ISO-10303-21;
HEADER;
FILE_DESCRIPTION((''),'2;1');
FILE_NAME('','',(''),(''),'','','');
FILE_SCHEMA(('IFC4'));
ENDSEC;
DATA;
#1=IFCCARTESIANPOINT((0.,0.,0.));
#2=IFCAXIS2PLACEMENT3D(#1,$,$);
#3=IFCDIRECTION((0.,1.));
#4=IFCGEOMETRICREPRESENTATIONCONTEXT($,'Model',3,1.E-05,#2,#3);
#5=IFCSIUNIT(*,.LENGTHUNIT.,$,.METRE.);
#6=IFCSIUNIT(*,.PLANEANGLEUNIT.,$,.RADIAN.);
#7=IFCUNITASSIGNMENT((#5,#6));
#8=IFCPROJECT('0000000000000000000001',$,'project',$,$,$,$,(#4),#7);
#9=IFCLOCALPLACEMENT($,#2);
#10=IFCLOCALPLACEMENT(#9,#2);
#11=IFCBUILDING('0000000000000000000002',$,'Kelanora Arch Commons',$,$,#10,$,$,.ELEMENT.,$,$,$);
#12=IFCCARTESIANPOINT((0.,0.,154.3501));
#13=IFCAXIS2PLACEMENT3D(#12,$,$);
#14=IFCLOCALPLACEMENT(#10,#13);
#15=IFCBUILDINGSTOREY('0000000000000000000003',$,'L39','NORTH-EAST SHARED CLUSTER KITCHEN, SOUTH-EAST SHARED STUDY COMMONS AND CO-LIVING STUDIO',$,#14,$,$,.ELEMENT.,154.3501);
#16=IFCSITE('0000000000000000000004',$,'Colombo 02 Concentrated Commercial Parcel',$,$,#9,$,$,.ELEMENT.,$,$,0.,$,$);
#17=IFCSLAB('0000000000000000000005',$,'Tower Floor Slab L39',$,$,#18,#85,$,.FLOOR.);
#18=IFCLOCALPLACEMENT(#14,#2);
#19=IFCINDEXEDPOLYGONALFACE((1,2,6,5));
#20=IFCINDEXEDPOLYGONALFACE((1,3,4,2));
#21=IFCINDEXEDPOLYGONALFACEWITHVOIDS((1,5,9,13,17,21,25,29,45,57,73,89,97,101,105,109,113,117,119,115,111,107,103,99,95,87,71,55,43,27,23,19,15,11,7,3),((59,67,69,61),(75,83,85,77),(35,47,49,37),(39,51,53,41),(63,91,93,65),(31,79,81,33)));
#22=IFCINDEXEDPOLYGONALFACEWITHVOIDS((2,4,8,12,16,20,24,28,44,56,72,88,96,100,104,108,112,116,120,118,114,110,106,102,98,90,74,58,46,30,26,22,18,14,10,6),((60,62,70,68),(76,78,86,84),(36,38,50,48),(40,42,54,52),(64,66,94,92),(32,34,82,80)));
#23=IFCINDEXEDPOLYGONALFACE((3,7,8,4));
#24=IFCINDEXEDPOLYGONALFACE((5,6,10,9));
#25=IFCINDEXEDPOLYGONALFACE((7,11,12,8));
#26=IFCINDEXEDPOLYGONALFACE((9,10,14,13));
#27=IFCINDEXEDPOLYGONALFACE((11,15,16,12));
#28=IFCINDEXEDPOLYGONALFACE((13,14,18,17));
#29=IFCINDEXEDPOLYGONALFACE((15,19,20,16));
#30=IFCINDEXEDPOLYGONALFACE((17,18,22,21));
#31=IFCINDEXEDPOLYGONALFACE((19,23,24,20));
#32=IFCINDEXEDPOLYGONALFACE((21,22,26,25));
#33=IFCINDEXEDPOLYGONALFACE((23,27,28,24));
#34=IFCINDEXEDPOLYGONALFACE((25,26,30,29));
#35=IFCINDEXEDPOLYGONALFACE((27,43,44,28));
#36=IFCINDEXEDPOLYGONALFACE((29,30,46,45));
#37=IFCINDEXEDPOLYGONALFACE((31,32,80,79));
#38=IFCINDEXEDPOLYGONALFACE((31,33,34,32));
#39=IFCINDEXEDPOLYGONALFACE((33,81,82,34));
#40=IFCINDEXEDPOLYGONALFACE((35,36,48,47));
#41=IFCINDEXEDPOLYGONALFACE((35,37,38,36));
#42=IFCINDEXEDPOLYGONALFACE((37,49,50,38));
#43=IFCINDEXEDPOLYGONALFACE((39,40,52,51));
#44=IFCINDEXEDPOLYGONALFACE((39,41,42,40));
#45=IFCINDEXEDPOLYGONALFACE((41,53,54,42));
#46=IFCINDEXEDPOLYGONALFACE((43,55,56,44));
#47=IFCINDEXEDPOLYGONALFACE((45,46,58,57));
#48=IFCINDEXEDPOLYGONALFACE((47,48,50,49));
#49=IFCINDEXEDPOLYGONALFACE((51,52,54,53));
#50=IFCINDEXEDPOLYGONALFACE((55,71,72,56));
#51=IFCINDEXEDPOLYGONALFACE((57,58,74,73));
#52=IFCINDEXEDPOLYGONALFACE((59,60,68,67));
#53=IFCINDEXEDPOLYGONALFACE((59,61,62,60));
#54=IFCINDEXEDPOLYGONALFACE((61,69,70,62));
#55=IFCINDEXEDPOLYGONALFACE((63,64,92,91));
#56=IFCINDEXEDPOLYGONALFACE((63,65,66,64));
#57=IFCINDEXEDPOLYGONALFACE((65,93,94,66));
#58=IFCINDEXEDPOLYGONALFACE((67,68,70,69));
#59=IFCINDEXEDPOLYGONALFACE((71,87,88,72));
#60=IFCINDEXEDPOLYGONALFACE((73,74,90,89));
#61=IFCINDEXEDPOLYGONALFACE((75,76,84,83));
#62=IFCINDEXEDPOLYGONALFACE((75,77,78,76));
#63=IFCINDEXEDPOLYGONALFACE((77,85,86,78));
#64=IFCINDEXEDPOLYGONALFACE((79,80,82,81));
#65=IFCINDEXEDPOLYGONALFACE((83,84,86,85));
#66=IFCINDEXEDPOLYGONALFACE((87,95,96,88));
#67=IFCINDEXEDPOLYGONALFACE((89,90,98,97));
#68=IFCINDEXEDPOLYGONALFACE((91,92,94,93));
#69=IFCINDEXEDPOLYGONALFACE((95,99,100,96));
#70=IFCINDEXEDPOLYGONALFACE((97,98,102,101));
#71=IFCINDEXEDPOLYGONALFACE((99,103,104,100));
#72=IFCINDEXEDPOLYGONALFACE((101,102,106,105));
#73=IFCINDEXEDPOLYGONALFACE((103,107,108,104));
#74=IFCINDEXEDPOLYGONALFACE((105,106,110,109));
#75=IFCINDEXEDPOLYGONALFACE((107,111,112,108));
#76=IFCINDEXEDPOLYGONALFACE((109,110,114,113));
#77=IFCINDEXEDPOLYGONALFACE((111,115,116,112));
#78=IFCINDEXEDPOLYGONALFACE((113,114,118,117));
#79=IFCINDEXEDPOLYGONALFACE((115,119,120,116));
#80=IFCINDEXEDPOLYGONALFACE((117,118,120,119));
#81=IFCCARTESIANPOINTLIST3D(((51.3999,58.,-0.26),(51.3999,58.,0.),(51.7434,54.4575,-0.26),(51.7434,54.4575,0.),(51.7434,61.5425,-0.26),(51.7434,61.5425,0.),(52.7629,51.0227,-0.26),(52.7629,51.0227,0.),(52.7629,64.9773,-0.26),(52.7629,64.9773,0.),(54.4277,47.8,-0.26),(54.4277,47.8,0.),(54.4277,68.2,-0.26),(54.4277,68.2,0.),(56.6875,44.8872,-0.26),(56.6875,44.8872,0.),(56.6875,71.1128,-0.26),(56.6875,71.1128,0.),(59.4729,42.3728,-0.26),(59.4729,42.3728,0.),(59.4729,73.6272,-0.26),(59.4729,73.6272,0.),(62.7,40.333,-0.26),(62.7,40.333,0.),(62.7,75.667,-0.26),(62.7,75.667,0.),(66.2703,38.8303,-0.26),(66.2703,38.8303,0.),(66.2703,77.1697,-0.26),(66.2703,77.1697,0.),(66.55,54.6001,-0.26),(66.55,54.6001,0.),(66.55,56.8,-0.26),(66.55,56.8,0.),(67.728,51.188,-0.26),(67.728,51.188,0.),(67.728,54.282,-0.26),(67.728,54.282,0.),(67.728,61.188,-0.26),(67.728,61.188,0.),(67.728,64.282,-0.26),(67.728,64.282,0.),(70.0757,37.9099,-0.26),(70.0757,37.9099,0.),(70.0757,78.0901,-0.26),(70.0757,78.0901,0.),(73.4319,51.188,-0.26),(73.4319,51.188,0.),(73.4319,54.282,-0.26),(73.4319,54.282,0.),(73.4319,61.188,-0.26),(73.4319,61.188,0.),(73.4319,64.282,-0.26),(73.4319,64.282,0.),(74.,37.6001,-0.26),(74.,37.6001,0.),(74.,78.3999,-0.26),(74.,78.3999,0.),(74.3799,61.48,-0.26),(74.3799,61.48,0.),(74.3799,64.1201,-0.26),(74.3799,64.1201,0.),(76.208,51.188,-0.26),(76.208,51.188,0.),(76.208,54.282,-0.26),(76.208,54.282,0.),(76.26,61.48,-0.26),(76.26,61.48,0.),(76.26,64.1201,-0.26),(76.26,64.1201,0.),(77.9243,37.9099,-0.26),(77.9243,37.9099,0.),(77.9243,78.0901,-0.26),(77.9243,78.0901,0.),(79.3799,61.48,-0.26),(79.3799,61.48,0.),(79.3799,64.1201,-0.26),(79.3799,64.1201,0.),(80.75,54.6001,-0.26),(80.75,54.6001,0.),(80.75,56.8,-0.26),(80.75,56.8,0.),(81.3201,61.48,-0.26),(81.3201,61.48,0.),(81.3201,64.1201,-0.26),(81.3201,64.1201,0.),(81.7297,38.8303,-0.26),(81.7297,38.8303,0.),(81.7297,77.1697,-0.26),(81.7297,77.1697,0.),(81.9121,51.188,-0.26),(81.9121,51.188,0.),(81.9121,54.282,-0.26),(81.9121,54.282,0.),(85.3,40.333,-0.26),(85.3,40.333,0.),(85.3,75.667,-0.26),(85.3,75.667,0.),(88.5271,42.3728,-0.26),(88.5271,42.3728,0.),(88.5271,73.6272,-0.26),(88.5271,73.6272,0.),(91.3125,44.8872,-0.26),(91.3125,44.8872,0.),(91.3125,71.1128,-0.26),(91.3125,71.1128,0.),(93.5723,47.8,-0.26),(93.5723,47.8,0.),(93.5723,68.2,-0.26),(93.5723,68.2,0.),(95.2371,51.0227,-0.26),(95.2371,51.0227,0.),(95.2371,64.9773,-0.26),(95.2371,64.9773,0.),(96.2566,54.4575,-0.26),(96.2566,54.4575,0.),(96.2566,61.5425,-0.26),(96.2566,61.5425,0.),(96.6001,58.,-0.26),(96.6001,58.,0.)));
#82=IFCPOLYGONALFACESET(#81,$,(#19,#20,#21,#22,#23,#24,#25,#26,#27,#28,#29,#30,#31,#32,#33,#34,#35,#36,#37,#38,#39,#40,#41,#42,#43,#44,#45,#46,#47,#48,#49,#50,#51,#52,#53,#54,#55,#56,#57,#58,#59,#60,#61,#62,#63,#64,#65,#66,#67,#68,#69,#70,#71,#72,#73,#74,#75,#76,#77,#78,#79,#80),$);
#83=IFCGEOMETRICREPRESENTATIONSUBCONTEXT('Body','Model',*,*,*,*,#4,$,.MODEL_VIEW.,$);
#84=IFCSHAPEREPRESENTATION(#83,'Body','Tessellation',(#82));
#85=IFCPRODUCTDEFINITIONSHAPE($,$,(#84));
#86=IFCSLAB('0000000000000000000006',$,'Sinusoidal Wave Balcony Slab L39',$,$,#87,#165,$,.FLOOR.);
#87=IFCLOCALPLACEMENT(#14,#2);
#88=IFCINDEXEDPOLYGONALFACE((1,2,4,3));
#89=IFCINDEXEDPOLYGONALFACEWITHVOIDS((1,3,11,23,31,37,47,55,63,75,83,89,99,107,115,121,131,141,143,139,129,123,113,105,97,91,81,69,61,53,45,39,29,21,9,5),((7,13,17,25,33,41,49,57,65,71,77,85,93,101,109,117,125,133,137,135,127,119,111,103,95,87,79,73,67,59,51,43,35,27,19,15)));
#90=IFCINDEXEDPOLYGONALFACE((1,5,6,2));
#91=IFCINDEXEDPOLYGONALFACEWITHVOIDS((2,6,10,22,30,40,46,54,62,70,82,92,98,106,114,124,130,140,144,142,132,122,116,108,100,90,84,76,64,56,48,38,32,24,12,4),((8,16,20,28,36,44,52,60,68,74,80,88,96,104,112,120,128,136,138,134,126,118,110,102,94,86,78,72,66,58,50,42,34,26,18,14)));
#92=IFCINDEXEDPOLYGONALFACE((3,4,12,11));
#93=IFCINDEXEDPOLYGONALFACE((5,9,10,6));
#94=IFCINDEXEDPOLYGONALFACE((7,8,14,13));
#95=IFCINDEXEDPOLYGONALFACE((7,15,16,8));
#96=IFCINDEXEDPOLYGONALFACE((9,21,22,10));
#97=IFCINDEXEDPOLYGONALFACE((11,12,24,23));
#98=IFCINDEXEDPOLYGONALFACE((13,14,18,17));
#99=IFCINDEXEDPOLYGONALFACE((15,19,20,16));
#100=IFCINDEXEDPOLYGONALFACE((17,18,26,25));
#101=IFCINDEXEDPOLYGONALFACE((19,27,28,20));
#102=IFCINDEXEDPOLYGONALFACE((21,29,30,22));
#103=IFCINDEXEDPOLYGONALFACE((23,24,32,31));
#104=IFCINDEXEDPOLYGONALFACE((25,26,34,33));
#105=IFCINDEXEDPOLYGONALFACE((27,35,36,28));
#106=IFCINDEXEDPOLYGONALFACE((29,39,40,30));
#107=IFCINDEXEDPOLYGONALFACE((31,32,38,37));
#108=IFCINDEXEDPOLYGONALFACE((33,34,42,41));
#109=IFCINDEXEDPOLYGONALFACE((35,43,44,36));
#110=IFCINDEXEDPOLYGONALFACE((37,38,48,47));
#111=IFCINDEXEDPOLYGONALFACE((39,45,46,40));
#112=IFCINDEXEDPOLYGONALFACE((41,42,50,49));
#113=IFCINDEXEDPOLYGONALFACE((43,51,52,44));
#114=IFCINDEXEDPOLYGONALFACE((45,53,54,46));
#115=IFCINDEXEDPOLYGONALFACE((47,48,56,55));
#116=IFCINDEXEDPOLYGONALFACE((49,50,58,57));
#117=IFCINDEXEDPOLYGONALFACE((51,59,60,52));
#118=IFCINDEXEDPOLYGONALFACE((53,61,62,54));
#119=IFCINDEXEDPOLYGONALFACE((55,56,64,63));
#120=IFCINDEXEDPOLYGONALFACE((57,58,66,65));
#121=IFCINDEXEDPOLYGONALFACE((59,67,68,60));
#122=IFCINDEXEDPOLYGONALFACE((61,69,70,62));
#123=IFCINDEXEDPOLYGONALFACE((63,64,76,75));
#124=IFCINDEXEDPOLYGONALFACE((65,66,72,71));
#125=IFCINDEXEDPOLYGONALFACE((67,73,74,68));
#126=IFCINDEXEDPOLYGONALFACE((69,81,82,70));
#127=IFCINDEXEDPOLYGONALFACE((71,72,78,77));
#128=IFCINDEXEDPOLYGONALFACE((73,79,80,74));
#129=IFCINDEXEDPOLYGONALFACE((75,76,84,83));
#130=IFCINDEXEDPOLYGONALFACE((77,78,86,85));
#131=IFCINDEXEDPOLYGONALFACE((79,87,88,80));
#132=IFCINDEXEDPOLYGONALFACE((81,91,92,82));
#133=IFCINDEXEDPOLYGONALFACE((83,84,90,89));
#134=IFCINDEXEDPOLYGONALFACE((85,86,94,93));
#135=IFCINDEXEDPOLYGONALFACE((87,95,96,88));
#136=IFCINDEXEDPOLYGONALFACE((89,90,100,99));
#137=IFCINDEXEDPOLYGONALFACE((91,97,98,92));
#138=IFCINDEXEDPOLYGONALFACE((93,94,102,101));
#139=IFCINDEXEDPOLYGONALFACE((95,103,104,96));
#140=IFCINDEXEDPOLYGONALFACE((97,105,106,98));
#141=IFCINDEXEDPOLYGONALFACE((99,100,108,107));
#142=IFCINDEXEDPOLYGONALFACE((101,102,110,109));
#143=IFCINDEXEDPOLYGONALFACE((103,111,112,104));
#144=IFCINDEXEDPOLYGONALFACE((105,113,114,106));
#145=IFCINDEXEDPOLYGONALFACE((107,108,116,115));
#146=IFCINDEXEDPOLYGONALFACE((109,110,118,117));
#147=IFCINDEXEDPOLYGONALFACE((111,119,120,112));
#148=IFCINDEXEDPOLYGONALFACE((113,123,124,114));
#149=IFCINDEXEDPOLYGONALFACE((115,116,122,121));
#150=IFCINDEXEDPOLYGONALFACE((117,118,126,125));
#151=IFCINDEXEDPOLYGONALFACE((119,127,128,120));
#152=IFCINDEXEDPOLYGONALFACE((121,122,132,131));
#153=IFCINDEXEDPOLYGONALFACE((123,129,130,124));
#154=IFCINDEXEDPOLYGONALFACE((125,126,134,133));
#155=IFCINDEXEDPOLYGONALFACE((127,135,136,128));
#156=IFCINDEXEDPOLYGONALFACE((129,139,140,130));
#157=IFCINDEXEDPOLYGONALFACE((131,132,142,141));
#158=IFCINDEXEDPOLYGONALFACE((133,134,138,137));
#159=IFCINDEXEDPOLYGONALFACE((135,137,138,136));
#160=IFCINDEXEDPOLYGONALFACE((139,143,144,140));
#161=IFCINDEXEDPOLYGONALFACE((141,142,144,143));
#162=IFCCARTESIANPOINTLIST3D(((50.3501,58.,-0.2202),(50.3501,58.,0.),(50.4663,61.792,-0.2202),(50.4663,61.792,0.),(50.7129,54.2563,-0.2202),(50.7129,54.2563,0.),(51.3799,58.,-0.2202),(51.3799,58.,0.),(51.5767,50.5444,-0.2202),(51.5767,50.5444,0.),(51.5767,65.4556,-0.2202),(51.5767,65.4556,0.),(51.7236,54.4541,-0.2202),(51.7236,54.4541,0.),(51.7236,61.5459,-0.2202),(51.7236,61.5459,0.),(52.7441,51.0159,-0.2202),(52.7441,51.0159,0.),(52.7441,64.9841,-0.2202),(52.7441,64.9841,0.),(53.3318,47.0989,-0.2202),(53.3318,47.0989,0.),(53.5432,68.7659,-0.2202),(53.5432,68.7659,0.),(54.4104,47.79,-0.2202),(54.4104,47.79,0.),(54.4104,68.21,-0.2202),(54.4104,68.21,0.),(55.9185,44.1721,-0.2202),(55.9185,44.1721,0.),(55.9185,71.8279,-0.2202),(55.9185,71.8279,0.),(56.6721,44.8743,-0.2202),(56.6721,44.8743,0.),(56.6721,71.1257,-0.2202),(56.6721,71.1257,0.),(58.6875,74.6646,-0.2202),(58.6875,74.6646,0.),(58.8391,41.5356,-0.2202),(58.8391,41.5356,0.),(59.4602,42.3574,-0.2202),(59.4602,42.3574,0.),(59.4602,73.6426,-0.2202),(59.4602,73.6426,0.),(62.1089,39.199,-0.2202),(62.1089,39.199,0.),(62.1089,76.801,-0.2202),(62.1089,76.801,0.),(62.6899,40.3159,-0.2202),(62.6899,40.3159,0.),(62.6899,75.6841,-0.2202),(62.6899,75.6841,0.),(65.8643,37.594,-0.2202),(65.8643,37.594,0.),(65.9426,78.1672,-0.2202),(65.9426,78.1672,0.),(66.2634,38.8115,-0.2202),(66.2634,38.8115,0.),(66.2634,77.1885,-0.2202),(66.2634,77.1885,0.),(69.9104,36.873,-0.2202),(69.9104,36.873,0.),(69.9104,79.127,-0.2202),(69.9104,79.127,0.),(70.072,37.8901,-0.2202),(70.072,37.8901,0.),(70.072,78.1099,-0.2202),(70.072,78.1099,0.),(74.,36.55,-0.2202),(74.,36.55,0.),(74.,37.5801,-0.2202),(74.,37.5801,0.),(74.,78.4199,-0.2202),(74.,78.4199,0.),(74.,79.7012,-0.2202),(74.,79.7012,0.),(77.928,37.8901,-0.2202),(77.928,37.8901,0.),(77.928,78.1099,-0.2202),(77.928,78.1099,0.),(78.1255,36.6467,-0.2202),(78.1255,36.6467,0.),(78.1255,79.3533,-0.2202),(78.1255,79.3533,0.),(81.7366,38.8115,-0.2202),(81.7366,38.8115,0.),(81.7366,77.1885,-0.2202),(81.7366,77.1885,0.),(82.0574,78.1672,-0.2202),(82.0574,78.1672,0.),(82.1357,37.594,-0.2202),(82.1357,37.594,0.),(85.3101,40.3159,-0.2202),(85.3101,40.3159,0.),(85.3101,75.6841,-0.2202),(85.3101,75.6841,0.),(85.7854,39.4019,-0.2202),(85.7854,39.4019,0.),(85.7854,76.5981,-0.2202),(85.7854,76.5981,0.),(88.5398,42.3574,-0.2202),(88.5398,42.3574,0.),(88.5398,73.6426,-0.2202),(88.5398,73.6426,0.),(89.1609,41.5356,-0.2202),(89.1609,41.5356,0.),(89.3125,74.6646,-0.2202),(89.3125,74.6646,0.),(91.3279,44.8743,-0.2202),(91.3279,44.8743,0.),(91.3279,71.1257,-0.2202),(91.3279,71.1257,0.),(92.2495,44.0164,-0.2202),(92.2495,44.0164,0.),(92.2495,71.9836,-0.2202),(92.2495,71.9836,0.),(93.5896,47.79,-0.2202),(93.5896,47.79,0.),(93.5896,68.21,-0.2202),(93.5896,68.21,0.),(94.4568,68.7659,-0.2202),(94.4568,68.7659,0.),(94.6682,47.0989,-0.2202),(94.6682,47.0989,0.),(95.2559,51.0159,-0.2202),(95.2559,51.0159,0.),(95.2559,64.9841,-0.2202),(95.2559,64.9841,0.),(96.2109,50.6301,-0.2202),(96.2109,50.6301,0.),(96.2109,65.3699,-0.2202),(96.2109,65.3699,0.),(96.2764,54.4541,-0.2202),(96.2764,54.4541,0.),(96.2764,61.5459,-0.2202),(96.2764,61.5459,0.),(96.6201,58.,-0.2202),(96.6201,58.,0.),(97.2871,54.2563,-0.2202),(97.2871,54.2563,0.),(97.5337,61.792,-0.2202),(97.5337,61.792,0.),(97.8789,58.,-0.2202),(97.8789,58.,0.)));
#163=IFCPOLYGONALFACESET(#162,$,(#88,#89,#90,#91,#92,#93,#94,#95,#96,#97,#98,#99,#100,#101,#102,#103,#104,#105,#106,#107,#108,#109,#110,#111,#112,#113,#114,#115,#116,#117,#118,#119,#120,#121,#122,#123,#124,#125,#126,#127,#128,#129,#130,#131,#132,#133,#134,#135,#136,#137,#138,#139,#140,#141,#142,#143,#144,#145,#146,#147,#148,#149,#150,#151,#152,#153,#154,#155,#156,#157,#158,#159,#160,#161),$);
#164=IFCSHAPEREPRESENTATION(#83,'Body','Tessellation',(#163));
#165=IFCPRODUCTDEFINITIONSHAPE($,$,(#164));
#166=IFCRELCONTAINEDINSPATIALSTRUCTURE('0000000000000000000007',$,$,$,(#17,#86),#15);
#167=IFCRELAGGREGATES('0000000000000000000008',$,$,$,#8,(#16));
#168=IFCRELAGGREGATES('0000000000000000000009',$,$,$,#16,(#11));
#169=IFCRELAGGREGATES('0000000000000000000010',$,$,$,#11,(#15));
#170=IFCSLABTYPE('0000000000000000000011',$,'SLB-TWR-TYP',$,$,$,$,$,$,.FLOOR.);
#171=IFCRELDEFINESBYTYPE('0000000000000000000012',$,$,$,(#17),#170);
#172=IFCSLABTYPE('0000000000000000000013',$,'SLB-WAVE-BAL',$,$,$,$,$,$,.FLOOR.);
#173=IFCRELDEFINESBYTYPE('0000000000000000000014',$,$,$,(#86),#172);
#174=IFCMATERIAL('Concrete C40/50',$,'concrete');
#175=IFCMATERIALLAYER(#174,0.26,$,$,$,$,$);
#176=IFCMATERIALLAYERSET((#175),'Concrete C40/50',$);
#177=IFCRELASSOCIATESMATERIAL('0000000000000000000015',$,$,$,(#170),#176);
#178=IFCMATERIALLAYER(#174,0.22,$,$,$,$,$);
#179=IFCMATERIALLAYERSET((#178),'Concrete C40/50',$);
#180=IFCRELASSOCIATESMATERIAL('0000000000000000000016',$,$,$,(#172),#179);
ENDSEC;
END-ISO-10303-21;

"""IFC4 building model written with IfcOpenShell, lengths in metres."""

from ifc_helpers import new_model, si_unit, direction, frame, origin, place, context, subcontext, project, spatial, polyline, outline, extrude, material, layer, layer_set, type_object, element, save


model = new_model("IFC4")

# Units and contexts
model_context = context("Model", 3, precision=1e-05, world=origin(), true_north=direction((0.0, 1.0)))
body_context = subcontext(model_context, "Body", "Model", "MODEL_VIEW")
ifc_project = project(units=[si_unit("LENGTHUNIT", "METRE"), si_unit("PLANEANGLEUNIT", "RADIAN")], contexts=[model_context])

# Site, building, storey
site_placement = place(None, origin())
site = spatial("IfcSite", under=ifc_project, at=site_placement, Name="Colombo 02 Concentrated Commercial Parcel", CompositionType="ELEMENT", RefElevation=0.0)
building_placement = place(site_placement, origin())
building = spatial("IfcBuilding", under=site, at=building_placement, Name="Kelanora Arch Commons", CompositionType="ELEMENT")
storey_placement = place(building_placement, frame((0.0, 0.0, 154.3501)))
storey = spatial("IfcBuildingStorey", under=building, at=storey_placement, Name="L39", Description="NORTH-EAST SHARED CLUSTER KITCHEN, SOUTH-EAST SHARED STUDY COMMONS AND CO-LIVING STUDIO", CompositionType="ELEMENT", Elevation=154.3501)

# Shared definitions
ifc_material_1 = material(Name="Concrete C40/50", Category="concrete")

# Slabs
ifc_layer_1 = layer(ifc_material_1, 0.26)
ifc_layer_set_1 = layer_set([ifc_layer_1], Name="Concrete C40/50")
slab_type_1 = type_object("IfcSlabType", Name="SLB-TWR-TYP", PredefinedType="FLOOR", material=ifc_layer_set_1)
slab_1_placement = place(storey_placement, frame((0.0, 0.0, -0.26)))
element("IfcSlab", 1, at=slab_1_placement, inside=storey, type_object=slab_type_1, Name="Tower Floor Slab L39", PredefinedType="FLOOR", context=body_context, shape_type="SweptSolid", body=[
    extrude(outline(polyline([(96.6001, 58.0), (96.2566, 61.5425), (95.2371, 64.9773), (93.5723, 68.2), (91.3125, 71.1128), (88.5271, 73.6272), (85.3, 75.667), (81.7297, 77.1697), (77.9243, 78.0901), (74.0, 78.3999), (70.0757, 78.0901), (66.2703, 77.1697), (62.7, 75.667), (59.4729, 73.6272), (56.6875, 71.1128), (54.4277, 68.2), (52.7629, 64.9773), (51.7434, 61.5425), (51.3999, 58.0), (51.7434, 54.4575), (52.7629, 51.0227), (54.4277, 47.8), (56.6875, 44.8872), (59.4729, 42.3728), (62.7, 40.333), (66.2703, 38.8303), (70.0757, 37.9099), (74.0, 37.6001), (77.9243, 37.9099), (81.7297, 38.8303), (85.3, 40.333), (88.5271, 42.3728), (91.3125, 44.8872), (93.5723, 47.8), (95.2371, 51.0227), (96.2566, 54.4575), (96.6001, 58.0)]), holes=[polyline([(73.4319, 51.188), (67.728, 51.188), (67.728, 54.282), (73.4319, 54.282), (73.4319, 51.188)]), polyline([(76.208, 51.188), (76.208, 54.282), (81.9121, 54.282), (81.9121, 51.188), (76.208, 51.188)]), polyline([(66.55, 54.6001), (66.55, 56.8), (80.75, 56.8), (80.75, 54.6001), (66.55, 54.6001)]), polyline([(73.4319, 61.188), (67.728, 61.188), (67.728, 64.282), (73.4319, 64.282), (73.4319, 61.188)]), polyline([(74.3799, 61.48), (74.3799, 64.1201), (76.26, 64.1201), (76.26, 61.48), (74.3799, 61.48)]), polyline([(79.3799, 61.48), (79.3799, 64.1201), (81.3201, 64.1201), (81.3201, 61.48), (79.3799, 61.48)])]), origin(), (0.0, 0.0, 1.0), 0.26),
])
ifc_layer_2 = layer(ifc_material_1, 0.22)
ifc_layer_set_2 = layer_set([ifc_layer_2], Name="Concrete C40/50")
slab_type_2 = type_object("IfcSlabType", Name="SLB-WAVE-BAL", PredefinedType="FLOOR", material=ifc_layer_set_2)
slab_2_placement = place(storey_placement, frame((0.0, 0.0, -0.2202)))
element("IfcSlab", 2, at=slab_2_placement, inside=storey, type_object=slab_type_2, Name="Sinusoidal Wave Balcony Slab L39", PredefinedType="FLOOR", context=body_context, shape_type="SweptSolid", body=[
    extrude(outline(polyline([(97.8789, 58.0), (97.5337, 61.792), (96.2109, 65.3699), (94.4568, 68.7659), (92.2495, 71.9836), (89.3125, 74.6646), (85.7854, 76.5981), (82.0574, 78.1672), (78.1255, 79.3533), (74.0, 79.7012), (69.9104, 79.127), (65.9426, 78.1672), (62.1089, 76.801), (58.6875, 74.6646), (55.9185, 71.8279), (53.5432, 68.7659), (51.5767, 65.4556), (50.4663, 61.792), (50.3501, 58.0), (50.7129, 54.2563), (51.5767, 50.5444), (53.3318, 47.0989), (55.9185, 44.1721), (58.8391, 41.5356), (62.1089, 39.199), (65.8643, 37.594), (69.9104, 36.873), (74.0, 36.55), (78.1255, 36.6467), (82.1357, 37.594), (85.7854, 39.4019), (89.1609, 41.5356), (92.2495, 44.0164), (94.6682, 47.0989), (96.2109, 50.6301), (97.2871, 54.2563), (97.8789, 58.0)]), holes=[polyline([(96.2764, 54.4541), (95.2559, 51.0159), (93.5896, 47.79), (91.3279, 44.8743), (88.5398, 42.3574), (85.3101, 40.3159), (81.7366, 38.8115), (77.928, 37.8901), (74.0, 37.5801), (70.072, 37.8901), (66.2634, 38.8115), (62.6899, 40.3159), (59.4602, 42.3574), (56.6721, 44.8743), (54.4104, 47.79), (52.7441, 51.0159), (51.7236, 54.4541), (51.3799, 58.0), (51.7236, 61.5459), (52.7441, 64.9841), (54.4104, 68.21), (56.6721, 71.1257), (59.4602, 73.6426), (62.6899, 75.6841), (66.2634, 77.1885), (70.072, 78.1099), (74.0, 78.4199), (77.928, 78.1099), (81.7366, 77.1885), (85.3101, 75.6841), (88.5398, 73.6426), (91.3279, 71.1257), (93.5896, 68.21), (95.2559, 64.9841), (96.2764, 61.5459), (96.6201, 58.0), (96.2764, 54.4541)])]), origin(), (0.0, 0.0, 1.0), 0.2202),
])

save(model, "model.ifc")
